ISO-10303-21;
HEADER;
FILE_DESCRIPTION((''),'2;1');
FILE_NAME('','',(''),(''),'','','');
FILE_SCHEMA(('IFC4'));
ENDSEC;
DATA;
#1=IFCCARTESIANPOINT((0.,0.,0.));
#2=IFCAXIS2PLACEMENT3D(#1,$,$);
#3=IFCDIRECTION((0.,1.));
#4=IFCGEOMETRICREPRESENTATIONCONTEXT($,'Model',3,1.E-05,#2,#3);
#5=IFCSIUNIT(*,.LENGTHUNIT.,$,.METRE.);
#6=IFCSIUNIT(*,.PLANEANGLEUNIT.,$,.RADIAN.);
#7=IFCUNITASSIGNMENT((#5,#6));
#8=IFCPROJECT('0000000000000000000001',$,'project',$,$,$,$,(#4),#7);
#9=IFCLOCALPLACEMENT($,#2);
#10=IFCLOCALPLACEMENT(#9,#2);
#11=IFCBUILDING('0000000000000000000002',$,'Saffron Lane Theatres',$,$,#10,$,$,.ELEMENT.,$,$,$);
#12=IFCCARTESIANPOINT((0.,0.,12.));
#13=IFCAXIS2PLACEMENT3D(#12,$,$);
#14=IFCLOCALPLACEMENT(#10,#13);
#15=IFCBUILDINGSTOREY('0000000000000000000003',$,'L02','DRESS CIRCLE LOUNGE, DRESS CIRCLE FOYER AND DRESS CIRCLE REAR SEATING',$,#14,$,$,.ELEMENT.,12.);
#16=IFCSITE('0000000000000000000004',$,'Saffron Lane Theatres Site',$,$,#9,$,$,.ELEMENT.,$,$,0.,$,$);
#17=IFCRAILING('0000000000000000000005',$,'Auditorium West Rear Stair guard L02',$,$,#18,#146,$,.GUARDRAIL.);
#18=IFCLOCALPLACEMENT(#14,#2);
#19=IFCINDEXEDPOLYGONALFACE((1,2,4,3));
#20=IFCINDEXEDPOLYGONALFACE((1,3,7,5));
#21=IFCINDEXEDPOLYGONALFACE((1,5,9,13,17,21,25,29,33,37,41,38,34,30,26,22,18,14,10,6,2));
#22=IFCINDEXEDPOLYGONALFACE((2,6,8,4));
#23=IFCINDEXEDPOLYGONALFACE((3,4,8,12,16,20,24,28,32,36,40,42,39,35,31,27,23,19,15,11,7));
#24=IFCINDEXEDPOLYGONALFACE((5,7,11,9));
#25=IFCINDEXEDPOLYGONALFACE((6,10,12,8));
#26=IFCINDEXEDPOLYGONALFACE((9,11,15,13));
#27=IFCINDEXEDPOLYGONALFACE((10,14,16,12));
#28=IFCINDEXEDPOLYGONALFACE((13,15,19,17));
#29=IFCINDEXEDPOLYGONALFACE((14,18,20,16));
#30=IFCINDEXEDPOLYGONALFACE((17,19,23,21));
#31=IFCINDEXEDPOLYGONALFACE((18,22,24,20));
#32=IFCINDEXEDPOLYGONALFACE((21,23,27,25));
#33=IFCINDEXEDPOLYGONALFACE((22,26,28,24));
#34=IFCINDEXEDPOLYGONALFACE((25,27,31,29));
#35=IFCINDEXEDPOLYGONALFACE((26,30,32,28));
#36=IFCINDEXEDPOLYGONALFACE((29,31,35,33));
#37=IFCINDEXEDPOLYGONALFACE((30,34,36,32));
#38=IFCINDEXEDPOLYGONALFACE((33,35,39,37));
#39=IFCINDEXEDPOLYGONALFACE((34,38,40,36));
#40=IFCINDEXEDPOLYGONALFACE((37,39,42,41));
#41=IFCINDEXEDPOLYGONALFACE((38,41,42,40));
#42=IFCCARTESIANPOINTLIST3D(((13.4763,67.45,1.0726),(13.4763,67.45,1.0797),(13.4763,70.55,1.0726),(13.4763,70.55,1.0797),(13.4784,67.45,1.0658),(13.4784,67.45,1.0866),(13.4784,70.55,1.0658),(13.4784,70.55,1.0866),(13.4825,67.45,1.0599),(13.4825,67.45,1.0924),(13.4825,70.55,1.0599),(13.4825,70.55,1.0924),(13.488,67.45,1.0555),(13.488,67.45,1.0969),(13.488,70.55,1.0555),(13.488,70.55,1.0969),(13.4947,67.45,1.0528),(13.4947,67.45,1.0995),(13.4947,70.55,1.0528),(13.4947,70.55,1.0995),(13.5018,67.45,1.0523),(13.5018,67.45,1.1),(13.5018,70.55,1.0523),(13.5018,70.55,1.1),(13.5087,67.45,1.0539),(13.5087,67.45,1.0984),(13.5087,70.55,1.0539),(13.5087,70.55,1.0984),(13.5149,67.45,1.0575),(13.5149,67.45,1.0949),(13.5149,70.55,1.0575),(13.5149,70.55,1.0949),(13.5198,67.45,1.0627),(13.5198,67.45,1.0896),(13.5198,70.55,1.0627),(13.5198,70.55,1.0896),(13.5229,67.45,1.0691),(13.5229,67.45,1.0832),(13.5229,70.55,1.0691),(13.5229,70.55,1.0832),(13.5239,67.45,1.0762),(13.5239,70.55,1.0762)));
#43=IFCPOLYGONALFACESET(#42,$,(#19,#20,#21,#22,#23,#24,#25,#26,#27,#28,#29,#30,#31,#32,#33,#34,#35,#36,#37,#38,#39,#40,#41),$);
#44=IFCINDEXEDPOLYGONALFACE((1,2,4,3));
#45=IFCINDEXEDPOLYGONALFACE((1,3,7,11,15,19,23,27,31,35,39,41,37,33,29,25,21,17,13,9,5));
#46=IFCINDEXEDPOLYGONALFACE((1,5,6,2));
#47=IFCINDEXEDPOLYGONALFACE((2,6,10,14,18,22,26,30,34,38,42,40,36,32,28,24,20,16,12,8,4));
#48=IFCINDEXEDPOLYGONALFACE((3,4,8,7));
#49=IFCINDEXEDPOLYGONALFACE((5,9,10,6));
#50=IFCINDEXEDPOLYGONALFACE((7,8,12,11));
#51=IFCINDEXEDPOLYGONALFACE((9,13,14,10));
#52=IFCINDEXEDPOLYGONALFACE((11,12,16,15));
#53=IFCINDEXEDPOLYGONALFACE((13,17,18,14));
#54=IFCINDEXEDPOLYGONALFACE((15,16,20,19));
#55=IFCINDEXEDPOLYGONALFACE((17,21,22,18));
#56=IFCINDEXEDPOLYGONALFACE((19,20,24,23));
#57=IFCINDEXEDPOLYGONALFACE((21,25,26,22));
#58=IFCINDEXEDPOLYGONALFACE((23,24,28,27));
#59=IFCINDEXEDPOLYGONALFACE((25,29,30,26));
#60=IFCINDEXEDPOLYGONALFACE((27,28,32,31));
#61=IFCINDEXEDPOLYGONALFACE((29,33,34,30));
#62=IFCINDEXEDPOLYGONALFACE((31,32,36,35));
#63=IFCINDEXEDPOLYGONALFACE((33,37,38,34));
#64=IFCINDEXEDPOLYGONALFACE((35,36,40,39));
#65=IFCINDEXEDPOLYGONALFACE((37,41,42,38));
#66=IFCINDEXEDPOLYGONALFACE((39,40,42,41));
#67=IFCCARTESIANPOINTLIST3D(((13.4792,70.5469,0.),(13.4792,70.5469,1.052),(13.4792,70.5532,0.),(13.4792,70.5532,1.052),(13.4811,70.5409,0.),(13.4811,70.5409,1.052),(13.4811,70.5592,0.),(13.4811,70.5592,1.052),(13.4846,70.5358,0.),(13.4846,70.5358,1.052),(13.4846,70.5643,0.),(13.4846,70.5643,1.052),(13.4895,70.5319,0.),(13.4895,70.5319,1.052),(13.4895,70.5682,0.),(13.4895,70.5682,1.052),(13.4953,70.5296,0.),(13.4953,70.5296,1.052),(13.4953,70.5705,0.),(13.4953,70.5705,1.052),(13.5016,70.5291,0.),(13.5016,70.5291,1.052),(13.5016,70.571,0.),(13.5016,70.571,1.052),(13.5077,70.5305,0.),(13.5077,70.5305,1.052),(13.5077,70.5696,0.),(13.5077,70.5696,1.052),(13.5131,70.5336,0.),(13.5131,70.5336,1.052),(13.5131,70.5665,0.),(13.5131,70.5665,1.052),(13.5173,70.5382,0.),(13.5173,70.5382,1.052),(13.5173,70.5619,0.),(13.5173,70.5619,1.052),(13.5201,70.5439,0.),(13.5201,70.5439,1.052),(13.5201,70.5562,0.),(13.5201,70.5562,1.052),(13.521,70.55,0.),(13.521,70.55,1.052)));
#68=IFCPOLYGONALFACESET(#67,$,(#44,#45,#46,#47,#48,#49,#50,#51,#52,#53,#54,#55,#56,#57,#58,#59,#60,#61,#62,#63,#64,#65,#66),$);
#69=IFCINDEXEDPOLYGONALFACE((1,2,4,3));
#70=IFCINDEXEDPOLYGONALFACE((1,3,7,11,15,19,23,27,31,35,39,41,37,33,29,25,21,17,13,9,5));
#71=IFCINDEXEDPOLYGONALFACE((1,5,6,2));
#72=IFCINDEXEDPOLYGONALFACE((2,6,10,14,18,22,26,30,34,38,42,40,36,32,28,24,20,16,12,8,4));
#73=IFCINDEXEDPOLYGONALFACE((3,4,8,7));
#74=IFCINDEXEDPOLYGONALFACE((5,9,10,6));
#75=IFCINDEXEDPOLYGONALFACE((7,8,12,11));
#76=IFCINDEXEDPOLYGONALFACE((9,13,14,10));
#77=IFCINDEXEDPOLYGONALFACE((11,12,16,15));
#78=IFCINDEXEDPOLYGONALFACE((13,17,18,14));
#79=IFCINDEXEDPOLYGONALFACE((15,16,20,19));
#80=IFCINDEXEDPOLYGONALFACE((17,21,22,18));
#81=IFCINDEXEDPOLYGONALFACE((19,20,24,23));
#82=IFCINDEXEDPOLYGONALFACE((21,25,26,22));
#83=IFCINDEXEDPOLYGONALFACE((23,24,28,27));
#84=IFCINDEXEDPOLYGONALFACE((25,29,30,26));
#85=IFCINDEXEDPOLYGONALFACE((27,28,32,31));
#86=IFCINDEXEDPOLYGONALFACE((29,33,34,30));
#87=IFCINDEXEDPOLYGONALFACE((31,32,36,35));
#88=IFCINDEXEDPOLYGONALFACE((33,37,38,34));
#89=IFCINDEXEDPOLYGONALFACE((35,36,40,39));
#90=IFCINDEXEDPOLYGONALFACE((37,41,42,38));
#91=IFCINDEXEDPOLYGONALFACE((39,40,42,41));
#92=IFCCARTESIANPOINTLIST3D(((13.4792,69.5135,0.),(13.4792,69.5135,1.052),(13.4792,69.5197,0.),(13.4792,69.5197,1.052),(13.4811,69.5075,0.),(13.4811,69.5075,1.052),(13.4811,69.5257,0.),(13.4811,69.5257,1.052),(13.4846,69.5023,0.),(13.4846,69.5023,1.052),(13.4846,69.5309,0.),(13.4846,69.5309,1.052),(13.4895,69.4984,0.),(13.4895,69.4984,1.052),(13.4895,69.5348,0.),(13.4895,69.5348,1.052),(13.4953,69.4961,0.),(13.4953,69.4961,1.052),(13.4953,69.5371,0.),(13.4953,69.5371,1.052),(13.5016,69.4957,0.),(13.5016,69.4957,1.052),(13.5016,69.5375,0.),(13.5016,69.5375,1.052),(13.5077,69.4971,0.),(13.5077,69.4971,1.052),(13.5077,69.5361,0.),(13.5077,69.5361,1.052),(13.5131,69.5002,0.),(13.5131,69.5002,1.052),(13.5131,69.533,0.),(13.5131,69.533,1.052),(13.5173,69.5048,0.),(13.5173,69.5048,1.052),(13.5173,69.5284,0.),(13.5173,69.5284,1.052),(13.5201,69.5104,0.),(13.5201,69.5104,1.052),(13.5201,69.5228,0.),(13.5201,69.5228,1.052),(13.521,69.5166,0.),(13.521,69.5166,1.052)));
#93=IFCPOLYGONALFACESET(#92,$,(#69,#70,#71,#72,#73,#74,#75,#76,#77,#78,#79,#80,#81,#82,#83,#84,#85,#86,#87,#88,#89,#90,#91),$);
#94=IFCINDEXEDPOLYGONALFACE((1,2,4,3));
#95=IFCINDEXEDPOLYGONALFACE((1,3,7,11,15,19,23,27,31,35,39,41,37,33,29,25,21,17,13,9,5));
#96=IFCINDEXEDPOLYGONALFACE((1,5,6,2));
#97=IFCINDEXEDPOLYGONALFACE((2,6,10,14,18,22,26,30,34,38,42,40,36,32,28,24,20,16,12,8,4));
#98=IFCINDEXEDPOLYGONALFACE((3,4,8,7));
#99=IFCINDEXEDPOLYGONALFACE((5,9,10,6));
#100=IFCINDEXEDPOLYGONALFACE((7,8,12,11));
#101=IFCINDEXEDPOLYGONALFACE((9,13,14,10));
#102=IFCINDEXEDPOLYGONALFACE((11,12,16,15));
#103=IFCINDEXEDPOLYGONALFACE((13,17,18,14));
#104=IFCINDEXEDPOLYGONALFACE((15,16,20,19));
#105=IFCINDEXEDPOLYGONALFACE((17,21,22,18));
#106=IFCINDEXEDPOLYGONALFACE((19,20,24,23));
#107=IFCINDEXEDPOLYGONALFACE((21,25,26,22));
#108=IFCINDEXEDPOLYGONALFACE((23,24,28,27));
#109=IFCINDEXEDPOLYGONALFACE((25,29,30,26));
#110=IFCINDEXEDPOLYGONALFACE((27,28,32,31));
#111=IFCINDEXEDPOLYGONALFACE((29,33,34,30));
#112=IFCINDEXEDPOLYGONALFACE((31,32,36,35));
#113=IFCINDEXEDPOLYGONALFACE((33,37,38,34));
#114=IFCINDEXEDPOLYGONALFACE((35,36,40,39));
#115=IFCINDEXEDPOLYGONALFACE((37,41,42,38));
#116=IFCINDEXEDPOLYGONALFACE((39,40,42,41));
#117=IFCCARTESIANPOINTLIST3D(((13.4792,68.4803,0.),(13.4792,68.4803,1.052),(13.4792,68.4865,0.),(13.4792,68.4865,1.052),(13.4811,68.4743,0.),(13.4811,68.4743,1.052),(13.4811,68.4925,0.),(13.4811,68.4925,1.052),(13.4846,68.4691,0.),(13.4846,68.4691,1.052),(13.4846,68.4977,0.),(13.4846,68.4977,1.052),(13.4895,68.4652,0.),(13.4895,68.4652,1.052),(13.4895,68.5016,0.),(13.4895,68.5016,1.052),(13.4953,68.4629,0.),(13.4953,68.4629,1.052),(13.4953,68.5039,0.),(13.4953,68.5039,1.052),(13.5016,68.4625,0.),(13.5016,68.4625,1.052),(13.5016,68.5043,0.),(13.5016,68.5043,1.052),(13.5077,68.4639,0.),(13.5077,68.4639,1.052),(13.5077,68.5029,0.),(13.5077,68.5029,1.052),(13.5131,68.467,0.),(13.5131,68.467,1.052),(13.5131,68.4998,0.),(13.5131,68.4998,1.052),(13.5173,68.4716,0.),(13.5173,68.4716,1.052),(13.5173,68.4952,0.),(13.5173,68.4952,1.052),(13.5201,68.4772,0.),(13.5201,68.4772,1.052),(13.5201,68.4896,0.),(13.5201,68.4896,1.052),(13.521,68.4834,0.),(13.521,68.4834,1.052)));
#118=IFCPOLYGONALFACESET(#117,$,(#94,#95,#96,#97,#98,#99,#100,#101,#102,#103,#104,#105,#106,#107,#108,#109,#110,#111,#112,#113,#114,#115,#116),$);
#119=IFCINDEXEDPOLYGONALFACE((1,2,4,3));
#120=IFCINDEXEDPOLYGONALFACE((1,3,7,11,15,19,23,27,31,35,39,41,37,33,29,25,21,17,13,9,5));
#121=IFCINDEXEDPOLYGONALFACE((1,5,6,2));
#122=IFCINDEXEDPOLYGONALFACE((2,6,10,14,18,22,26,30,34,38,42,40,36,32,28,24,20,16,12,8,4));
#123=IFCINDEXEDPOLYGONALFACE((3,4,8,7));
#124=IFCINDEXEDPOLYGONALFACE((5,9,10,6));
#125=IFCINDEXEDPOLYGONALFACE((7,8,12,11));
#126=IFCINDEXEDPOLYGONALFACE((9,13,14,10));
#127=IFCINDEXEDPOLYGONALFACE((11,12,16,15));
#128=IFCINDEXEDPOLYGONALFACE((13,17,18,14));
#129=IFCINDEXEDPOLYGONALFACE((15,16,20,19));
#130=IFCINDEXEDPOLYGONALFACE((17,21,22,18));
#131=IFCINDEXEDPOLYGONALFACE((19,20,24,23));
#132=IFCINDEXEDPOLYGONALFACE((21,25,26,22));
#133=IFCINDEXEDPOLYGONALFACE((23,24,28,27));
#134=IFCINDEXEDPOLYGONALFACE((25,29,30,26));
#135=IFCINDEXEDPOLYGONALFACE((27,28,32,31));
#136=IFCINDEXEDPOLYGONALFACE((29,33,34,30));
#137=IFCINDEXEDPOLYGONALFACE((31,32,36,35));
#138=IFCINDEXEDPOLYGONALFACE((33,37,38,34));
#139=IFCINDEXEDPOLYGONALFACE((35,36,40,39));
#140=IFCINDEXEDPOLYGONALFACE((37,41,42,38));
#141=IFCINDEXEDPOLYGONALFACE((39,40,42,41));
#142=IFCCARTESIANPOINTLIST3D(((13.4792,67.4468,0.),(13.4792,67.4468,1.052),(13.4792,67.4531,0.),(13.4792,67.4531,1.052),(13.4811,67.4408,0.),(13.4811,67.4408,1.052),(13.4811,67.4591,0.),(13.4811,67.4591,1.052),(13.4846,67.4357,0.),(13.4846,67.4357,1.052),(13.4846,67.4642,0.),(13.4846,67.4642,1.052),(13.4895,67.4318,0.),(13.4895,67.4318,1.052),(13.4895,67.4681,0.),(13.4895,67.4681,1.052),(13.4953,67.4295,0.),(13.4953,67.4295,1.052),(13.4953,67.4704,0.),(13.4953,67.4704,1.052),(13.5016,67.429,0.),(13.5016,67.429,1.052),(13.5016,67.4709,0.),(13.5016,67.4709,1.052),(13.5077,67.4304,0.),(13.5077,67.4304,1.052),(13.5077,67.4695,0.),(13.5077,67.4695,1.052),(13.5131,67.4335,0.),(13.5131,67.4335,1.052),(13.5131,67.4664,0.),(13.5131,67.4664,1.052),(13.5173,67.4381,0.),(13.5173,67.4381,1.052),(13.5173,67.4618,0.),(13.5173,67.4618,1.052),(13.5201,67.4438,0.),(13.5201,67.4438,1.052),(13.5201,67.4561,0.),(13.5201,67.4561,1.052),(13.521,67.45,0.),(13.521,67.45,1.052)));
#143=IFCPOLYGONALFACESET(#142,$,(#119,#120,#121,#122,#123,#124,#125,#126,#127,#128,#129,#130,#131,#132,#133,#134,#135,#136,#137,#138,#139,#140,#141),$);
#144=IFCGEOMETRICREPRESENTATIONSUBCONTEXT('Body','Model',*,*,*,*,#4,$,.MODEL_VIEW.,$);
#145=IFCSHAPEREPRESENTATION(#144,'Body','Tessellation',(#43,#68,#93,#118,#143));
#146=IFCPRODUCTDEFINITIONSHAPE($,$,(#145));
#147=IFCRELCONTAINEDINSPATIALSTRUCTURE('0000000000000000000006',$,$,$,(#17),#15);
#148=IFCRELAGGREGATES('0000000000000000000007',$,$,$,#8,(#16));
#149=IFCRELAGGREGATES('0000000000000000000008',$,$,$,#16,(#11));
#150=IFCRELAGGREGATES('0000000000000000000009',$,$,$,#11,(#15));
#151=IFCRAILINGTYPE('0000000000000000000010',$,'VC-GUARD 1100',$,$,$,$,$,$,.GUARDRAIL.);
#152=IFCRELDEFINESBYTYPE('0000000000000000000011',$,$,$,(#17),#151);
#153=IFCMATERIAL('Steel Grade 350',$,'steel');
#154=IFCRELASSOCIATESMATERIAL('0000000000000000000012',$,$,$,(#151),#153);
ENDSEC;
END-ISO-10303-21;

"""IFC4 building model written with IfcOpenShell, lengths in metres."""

from ifc_helpers import new_model, si_unit, direction, frame, origin, origin_2d, place, context, subcontext, project, spatial, circle, extrude, material, type_object, element, save


model = new_model("IFC4")

# Units and contexts
model_context = context("Model", 3, precision=1e-05, world=origin(), true_north=direction((0.0, 1.0)))
body_context = subcontext(model_context, "Body", "Model", "MODEL_VIEW")
ifc_project = project(units=[si_unit("LENGTHUNIT", "METRE"), si_unit("PLANEANGLEUNIT", "RADIAN")], contexts=[model_context])

# Site, building, storey
site_placement = place(None, origin())
site = spatial("IfcSite", under=ifc_project, at=site_placement, Name="Saffron Lane Theatres Site", CompositionType="ELEMENT", RefElevation=0.0)
building_placement = place(site_placement, origin())
building = spatial("IfcBuilding", under=site, at=building_placement, Name="Saffron Lane Theatres", CompositionType="ELEMENT")
storey_placement = place(building_placement, frame((0.0, 0.0, 12.0)))
storey = spatial("IfcBuildingStorey", under=building, at=storey_placement, Name="L02", Description="DRESS CIRCLE LOUNGE, DRESS CIRCLE FOYER AND DRESS CIRCLE REAR SEATING", CompositionType="ELEMENT", Elevation=12.0)

# Railing
ifc_material_1 = material(Name="Steel Grade 350", Category="steel")
railing_type_1 = type_object("IfcRailingType", Name="VC-GUARD 1100", PredefinedType="GUARDRAIL", material=ifc_material_1)
railing_placement = place(storey_placement, frame((13.5, 70.55, 0.0)))
element("IfcRailing", 1, at=railing_placement, inside=storey, type_object=railing_type_1, Name="Auditorium West Rear Stair guard L02", PredefinedType="GUARDRAIL", context=body_context, shape_type="SweptSolid", body=[
    extrude(circle(Radius=0.0239, at=origin_2d()), frame((0.0, 0.0, 1.0762), z_axis=(0.0, -1.0, 0.0), x_axis=(1.0, 0.0, 0.0)), (0.0, 0.0, 1.0), 3.1001),
    extrude(circle(Radius=0.021, at=origin_2d()), origin(), (0.0, 0.0, 1.0), 1.052),
    extrude(circle(Radius=0.021, at=origin_2d()), frame((0.0, -1.0334, 0.0)), (0.0, 0.0, 1.0), 1.052),
    extrude(circle(Radius=0.021, at=origin_2d()), frame((0.0, -2.0667, 0.0)), (0.0, 0.0, 1.0), 1.052),
    extrude(circle(Radius=0.021, at=origin_2d()), frame((0.0, -3.1001, 0.0)), (0.0, 0.0, 1.0), 1.052),
])

save(model, "model.ifc")
